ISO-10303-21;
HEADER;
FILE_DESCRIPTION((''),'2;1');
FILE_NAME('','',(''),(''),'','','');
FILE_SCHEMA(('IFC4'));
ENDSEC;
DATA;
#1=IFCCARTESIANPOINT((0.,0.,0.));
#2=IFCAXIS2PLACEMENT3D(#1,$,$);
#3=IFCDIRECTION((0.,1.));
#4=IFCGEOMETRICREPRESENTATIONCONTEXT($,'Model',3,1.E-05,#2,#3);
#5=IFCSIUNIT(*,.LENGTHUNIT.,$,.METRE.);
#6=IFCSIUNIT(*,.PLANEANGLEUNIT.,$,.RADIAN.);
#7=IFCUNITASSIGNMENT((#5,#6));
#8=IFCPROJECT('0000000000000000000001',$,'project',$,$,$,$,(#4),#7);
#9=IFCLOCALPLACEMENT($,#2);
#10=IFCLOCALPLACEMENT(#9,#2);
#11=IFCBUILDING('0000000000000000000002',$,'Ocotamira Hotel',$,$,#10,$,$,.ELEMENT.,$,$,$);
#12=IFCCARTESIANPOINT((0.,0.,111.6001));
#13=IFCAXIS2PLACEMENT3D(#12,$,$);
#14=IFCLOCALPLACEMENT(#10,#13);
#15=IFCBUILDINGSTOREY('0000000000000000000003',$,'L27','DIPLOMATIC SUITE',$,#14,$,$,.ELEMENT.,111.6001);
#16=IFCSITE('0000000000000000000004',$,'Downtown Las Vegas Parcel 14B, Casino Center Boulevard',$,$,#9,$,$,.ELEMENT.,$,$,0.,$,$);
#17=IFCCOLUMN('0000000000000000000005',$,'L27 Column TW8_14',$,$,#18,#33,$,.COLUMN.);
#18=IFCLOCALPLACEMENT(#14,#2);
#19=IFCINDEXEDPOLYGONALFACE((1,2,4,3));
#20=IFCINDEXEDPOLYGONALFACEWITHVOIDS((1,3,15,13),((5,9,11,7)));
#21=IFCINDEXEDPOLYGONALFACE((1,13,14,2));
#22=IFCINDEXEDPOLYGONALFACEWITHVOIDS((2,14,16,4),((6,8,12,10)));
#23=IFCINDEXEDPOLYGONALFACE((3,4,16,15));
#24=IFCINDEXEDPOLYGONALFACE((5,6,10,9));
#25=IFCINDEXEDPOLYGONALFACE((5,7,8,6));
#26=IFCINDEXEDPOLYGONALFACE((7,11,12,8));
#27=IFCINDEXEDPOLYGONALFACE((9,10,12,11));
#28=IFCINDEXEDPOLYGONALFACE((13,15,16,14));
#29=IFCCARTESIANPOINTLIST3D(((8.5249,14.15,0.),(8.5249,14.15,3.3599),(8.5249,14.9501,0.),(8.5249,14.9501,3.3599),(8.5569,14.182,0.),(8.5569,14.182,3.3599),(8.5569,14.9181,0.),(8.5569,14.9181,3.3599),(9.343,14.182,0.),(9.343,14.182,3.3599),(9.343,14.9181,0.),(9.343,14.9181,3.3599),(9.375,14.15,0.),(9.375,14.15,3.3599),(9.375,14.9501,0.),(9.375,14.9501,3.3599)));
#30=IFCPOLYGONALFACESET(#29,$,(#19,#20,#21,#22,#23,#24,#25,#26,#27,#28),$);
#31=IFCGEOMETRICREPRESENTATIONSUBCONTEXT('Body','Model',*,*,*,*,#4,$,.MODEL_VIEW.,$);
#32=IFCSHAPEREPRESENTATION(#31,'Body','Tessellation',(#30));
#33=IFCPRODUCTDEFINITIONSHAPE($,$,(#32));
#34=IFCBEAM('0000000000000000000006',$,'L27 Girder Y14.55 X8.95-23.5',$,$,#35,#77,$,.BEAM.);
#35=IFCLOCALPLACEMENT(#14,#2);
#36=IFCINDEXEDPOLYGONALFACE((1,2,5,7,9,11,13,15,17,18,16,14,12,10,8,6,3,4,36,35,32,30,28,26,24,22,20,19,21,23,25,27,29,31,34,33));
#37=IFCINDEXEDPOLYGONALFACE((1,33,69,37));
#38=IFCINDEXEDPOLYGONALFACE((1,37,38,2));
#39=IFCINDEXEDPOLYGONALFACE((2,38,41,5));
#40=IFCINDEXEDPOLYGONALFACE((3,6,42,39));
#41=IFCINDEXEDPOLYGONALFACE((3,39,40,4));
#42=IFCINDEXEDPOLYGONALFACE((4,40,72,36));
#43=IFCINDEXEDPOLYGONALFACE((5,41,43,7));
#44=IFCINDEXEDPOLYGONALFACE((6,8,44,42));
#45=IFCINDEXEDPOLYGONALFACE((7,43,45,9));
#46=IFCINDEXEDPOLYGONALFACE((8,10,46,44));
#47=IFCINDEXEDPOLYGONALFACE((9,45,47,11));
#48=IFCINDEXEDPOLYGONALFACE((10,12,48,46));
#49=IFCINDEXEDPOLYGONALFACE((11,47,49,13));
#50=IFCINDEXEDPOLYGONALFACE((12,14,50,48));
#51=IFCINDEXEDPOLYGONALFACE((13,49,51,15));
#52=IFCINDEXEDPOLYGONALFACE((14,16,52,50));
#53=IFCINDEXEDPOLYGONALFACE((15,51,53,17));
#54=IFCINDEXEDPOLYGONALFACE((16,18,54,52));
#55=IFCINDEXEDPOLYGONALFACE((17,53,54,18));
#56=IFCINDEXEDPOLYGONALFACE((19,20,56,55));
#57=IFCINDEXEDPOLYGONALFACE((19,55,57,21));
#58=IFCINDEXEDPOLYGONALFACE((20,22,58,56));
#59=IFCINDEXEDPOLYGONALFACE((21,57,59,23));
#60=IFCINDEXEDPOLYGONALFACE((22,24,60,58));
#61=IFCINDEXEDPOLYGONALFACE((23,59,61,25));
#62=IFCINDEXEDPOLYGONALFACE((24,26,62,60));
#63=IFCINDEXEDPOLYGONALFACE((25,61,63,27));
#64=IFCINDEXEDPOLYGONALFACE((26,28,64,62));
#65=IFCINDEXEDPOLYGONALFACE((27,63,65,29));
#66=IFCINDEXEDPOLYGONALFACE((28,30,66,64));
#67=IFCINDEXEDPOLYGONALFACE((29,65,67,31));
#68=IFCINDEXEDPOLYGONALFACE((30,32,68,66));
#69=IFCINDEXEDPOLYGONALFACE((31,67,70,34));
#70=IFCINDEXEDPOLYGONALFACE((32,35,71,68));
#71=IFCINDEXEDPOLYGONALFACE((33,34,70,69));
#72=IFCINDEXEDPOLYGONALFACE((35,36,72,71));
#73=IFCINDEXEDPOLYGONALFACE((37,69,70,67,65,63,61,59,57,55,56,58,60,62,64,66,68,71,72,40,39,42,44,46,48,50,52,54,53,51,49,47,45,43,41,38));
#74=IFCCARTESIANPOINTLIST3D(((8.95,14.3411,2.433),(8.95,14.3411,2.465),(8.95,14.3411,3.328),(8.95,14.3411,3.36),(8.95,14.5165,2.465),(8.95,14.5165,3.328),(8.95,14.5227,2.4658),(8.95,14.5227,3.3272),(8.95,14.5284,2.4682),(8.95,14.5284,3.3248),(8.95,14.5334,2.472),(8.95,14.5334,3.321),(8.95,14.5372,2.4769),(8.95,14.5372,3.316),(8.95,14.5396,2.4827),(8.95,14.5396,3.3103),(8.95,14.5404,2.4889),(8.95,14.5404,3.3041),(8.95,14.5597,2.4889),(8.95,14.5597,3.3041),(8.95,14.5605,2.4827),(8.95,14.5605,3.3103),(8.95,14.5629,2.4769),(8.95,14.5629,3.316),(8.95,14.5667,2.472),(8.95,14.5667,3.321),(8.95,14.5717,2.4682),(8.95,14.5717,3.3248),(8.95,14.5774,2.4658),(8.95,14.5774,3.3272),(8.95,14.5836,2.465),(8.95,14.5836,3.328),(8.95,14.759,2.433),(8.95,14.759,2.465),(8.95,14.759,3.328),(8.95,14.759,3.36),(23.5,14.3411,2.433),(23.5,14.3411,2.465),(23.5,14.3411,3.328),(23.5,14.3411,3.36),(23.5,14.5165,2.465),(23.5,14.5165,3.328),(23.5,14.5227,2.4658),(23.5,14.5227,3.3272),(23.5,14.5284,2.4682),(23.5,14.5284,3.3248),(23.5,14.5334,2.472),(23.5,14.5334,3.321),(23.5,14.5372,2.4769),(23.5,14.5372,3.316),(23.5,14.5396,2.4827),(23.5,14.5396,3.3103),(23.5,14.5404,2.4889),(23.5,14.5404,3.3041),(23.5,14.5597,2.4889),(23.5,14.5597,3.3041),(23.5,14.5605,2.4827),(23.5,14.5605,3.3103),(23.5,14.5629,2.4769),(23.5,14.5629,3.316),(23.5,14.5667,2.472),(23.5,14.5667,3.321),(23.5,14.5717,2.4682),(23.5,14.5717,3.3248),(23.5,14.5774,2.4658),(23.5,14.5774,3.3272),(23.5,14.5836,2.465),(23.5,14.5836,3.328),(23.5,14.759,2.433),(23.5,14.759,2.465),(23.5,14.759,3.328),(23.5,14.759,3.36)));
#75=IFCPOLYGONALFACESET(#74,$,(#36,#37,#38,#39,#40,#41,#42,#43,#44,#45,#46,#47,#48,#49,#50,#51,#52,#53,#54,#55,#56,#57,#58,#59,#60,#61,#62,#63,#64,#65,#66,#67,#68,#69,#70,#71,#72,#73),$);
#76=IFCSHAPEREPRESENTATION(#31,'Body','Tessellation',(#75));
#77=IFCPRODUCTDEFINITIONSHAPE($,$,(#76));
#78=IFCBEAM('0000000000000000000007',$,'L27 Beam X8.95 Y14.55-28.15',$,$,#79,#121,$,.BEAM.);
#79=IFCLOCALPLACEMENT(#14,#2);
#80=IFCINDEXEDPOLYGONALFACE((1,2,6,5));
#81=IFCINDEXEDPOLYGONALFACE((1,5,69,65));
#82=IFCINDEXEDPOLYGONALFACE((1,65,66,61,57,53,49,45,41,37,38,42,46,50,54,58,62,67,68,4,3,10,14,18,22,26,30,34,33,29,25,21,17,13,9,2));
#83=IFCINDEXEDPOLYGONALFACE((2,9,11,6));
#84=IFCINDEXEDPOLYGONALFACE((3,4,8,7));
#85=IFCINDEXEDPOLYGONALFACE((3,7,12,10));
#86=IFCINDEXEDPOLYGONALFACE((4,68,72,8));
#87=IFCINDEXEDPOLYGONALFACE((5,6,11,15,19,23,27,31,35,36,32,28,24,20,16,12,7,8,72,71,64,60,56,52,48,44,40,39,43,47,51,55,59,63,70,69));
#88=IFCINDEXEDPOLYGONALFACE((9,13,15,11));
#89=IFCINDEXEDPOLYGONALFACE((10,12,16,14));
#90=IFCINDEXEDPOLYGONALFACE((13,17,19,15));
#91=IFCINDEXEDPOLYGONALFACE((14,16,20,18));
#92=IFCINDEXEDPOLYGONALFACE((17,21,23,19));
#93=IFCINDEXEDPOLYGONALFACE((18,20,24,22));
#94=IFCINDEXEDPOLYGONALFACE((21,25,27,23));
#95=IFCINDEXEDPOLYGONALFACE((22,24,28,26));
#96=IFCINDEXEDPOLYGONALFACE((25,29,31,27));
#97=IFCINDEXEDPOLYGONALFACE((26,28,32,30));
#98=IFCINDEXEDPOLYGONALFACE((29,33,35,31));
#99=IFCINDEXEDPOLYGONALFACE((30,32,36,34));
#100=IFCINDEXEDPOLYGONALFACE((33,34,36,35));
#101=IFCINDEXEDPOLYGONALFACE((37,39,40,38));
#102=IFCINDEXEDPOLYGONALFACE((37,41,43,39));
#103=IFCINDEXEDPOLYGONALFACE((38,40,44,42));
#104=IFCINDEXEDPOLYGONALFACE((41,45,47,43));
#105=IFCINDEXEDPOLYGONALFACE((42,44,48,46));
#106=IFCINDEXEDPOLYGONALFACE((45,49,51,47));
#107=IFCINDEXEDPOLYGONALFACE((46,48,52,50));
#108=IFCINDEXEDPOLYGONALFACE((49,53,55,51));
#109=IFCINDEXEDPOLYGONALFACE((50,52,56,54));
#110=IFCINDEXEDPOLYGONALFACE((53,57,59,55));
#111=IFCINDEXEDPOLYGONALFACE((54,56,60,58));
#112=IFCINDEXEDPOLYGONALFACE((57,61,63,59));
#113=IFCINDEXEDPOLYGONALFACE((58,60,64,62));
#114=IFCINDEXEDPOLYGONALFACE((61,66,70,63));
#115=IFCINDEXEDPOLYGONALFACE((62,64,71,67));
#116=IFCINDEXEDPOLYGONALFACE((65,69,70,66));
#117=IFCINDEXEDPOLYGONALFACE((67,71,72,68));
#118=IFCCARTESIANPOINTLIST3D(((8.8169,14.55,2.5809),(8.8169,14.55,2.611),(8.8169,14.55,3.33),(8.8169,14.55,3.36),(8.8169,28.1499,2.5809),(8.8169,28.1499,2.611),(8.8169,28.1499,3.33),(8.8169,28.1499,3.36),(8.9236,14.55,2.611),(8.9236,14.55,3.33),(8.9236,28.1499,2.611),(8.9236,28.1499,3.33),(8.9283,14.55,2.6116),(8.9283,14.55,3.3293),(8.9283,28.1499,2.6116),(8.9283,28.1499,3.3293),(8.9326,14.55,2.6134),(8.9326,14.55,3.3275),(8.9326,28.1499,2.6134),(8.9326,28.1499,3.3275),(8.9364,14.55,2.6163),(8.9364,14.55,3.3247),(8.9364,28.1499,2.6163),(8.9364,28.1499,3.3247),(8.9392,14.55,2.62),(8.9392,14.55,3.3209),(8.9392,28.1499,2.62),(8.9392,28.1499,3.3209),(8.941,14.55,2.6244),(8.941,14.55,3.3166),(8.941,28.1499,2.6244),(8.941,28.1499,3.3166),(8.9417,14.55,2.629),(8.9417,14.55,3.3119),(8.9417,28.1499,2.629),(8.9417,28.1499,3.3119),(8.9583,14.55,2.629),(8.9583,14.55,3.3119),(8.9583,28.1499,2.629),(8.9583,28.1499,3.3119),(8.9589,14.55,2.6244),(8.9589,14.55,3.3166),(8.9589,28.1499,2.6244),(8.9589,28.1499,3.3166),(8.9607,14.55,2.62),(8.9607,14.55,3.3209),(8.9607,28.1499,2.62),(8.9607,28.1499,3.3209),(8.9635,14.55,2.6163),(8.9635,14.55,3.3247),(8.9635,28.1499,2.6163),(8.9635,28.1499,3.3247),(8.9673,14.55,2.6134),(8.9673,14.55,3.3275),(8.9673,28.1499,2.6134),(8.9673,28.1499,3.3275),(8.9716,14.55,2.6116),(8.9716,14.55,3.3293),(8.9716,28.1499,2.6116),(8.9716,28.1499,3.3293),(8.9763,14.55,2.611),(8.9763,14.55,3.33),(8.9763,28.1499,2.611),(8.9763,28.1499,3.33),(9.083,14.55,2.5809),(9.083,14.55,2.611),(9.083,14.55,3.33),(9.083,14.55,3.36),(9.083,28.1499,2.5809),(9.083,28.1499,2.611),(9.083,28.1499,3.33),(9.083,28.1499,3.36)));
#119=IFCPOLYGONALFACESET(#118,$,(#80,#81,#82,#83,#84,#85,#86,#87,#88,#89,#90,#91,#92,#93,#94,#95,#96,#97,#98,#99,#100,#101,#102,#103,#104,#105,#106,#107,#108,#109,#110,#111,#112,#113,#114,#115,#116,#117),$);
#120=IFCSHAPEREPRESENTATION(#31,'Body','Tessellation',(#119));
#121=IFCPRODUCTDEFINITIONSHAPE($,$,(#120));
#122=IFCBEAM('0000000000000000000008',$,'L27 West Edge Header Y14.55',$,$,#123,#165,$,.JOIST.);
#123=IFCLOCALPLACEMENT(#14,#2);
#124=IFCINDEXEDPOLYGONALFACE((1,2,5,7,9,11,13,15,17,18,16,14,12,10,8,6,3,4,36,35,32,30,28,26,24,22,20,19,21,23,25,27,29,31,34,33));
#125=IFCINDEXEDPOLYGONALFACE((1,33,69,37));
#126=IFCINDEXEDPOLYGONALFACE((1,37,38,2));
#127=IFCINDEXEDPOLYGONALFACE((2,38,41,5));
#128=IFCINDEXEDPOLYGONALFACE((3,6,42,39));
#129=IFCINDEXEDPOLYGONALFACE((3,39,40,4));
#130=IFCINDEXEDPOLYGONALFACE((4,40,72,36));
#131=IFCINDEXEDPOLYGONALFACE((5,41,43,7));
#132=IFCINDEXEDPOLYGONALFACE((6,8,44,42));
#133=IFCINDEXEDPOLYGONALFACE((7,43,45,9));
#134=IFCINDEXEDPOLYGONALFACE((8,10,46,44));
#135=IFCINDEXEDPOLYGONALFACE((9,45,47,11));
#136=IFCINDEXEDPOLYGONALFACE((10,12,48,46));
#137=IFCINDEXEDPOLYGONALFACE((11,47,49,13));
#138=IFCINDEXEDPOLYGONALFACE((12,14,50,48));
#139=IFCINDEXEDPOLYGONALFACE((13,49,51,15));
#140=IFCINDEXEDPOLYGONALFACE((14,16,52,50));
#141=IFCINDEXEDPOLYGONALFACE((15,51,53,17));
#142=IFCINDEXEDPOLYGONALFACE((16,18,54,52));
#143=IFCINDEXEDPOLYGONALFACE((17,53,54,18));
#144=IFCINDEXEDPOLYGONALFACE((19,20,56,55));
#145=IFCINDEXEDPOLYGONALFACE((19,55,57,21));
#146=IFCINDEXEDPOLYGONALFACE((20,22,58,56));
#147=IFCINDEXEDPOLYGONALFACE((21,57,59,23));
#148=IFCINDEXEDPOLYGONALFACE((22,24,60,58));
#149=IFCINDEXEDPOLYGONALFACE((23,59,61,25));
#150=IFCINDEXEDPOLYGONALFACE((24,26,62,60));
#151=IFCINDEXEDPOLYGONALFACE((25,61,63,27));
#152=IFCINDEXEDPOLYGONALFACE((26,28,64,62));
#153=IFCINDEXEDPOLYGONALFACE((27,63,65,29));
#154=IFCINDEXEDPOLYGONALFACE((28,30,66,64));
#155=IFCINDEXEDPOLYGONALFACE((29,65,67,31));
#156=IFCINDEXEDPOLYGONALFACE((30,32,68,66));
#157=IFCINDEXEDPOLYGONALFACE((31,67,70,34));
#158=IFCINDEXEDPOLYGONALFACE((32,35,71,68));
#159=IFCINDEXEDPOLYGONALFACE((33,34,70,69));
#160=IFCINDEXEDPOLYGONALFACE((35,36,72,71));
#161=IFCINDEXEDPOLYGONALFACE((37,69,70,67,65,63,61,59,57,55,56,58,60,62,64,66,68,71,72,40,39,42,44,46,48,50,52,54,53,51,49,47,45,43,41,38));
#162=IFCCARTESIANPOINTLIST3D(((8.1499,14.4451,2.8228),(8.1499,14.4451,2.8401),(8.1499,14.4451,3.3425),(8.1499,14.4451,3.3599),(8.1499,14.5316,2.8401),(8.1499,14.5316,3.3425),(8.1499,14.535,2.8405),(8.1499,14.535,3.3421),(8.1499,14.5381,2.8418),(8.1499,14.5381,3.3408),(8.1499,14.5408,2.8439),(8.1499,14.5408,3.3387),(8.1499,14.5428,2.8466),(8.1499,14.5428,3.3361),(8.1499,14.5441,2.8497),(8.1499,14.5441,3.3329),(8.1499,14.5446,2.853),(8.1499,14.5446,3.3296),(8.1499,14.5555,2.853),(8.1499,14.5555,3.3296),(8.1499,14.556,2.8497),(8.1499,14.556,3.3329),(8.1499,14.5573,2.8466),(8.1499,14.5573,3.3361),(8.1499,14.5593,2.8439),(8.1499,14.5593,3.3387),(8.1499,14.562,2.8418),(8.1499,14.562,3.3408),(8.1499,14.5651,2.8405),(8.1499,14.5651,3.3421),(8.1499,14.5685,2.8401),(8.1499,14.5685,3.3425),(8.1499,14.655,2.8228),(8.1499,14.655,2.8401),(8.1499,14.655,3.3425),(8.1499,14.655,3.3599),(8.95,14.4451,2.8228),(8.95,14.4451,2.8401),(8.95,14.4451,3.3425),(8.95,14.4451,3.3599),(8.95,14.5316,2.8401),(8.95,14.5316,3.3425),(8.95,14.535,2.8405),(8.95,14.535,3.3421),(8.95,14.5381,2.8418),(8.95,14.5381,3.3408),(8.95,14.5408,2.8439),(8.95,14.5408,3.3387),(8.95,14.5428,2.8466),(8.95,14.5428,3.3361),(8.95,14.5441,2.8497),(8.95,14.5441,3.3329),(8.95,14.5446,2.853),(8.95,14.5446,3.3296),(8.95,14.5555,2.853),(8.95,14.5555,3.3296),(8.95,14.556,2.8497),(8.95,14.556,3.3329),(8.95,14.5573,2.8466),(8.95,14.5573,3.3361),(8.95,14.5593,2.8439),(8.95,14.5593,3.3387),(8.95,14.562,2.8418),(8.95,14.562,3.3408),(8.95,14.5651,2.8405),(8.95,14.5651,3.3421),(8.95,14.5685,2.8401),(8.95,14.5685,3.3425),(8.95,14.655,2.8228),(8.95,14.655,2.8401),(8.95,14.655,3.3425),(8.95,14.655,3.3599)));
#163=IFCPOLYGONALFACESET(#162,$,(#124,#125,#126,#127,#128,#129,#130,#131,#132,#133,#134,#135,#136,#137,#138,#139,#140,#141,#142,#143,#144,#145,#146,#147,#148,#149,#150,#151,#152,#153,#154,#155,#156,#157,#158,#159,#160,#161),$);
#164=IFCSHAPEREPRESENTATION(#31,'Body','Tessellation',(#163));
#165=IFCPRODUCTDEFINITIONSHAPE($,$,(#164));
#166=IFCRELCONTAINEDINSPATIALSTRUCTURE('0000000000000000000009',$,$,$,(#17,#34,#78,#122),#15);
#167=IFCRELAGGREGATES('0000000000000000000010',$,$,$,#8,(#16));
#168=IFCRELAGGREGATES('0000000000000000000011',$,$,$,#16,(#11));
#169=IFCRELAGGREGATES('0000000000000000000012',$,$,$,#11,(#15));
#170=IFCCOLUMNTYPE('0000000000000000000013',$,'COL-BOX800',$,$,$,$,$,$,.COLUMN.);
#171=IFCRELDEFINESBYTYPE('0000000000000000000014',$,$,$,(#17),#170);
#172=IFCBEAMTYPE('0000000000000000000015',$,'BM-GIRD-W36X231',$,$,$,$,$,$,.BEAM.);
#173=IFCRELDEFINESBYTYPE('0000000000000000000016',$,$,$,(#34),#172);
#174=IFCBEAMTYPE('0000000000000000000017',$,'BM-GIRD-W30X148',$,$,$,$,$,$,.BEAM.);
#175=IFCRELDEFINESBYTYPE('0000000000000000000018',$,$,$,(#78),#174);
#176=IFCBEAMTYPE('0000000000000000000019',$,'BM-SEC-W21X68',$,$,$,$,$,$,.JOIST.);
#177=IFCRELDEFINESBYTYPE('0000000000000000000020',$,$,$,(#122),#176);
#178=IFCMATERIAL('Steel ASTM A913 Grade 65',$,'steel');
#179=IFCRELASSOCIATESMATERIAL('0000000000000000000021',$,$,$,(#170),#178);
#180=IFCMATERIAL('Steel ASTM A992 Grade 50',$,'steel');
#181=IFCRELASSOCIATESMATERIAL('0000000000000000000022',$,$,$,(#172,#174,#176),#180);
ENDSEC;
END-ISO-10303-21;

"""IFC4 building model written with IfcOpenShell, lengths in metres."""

from ifc_helpers import new_model, si_unit, direction, frame, origin, origin_2d, place, context, subcontext, project, spatial, hollow_rectangle, i_section, extrude, source, transform, mapped, material, material_profile, profile_set, type_object, element, save


model = new_model("IFC4")

# Units and contexts
model_context = context("Model", 3, precision=1e-05, world=origin(), true_north=direction((0.0, 1.0)))
body_context = subcontext(model_context, "Body", "Model", "MODEL_VIEW")
ifc_project = project(units=[si_unit("LENGTHUNIT", "METRE"), si_unit("PLANEANGLEUNIT", "RADIAN")], contexts=[model_context])

# Site, building, storey
site_placement = place(None, origin())
site = spatial("IfcSite", under=ifc_project, at=site_placement, Name="Downtown Las Vegas Parcel 14B, Casino Center Boulevard", CompositionType="ELEMENT", RefElevation=0.0)
building_placement = place(site_placement, origin())
building = spatial("IfcBuilding", under=site, at=building_placement, Name="Ocotamira Hotel", CompositionType="ELEMENT")
storey_placement = place(building_placement, frame((0.0, 0.0, 111.6001)))
storey = spatial("IfcBuildingStorey", under=building, at=storey_placement, Name="L27", Description="DIPLOMATIC SUITE", CompositionType="ELEMENT", Elevation=111.6001)

# Column
ifc_material_1 = material(Name="Steel ASTM A913 Grade 65", Category="steel")
ifc_material_profile_1 = material_profile(ifc_material_1, hollow_rectangle(XDim=0.8501, YDim=0.8, WallThickness=0.032, at=origin_2d()), Name="BOX800X850X32")
ifc_profile_set_1 = profile_set([ifc_material_profile_1], Name="Steel ASTM A913 Grade 65")
column_type = type_object("IfcColumnType", Name="COL-BOX800", PredefinedType="COLUMN", material=ifc_profile_set_1)
shared_shape_1 = source(origin(), body_context, "Body", "SweptSolid", [
    extrude(hollow_rectangle(XDim=0.8501, YDim=0.8, WallThickness=0.032, at=origin_2d()), origin(), (0.0, 0.0, 1.0), 3.3599),
])
column_placement = place(storey_placement, frame((8.95, 14.55, 0.0), z_axis=(0.0, 0.0, 1.0), x_axis=(1.0, 0.0, 0.0)))
element("IfcColumn", 1, at=column_placement, inside=storey, type_object=column_type, Name="L27 Column TW8_14", PredefinedType="COLUMN", context=body_context, shape_type="MappedRepresentation", body=[
    mapped(shared_shape_1, transform((0.0, 0.0, 0.0), scale=1.0)),
])

# Beams
ifc_material_2 = material(Name="Steel ASTM A992 Grade 50", Category="steel")
ifc_material_profile_2 = material_profile(ifc_material_2, i_section(OverallWidth=0.418, OverallDepth=0.927, WebThickness=0.0193, FlangeThickness=0.032, FilletRadius=0.0239, at=origin_2d()), Name="W36X231")
ifc_profile_set_2 = profile_set([ifc_material_profile_2], Name="Steel ASTM A992 Grade 50")
beam_type_1 = type_object("IfcBeamType", Name="BM-GIRD-W36X231", PredefinedType="BEAM", material=ifc_profile_set_2)
shared_shape_2 = source(origin(), body_context, "Body", "SweptSolid", [
    extrude(i_section(OverallWidth=0.418, OverallDepth=0.927, WebThickness=0.0193, FlangeThickness=0.032, FilletRadius=0.0239, at=origin_2d()), origin(), (0.0, 0.0, 1.0), 14.55),
])
beam_1_placement = place(storey_placement, frame((8.95, 14.55, 2.8965), z_axis=(1.0, 0.0, 0.0), x_axis=(0.0, 1.0, 0.0)))
element("IfcBeam", 2, at=beam_1_placement, inside=storey, type_object=beam_type_1, Name="L27 Girder Y14.55 X8.95-23.5", PredefinedType="BEAM", context=body_context, shape_type="MappedRepresentation", body=[
    mapped(shared_shape_2, transform((0.0, 0.0, 0.0), scale=1.0)),
])
ifc_material_profile_3 = material_profile(ifc_material_2, i_section(OverallWidth=0.2661, OverallDepth=0.7791, WebThickness=0.0166, FlangeThickness=0.03, FilletRadius=0.0181, at=origin_2d()), Name="W30X148")
ifc_profile_set_3 = profile_set([ifc_material_profile_3], Name="Steel ASTM A992 Grade 50")
beam_type_2 = type_object("IfcBeamType", Name="BM-GIRD-W30X148", PredefinedType="BEAM", material=ifc_profile_set_3)
shared_shape_3 = source(origin(), body_context, "Body", "SweptSolid", [
    extrude(i_section(OverallWidth=0.2661, OverallDepth=0.7791, WebThickness=0.0166, FlangeThickness=0.03, FilletRadius=0.0181, at=origin_2d()), origin(), (0.0, 0.0, 1.0), 13.5999),
])
beam_2_placement = place(storey_placement, frame((8.95, 14.55, 2.9705), z_axis=(0.0, 1.0, 0.0), x_axis=(-1.0, 0.0, 0.0)))
element("IfcBeam", 3, at=beam_2_placement, inside=storey, type_object=beam_type_2, Name="L27 Beam X8.95 Y14.55-28.15", PredefinedType="BEAM", context=body_context, shape_type="MappedRepresentation", body=[
    mapped(shared_shape_3, transform((0.0, 0.0, 0.0), scale=1.0)),
])
ifc_material_profile_4 = material_profile(ifc_material_2, i_section(OverallWidth=0.21, OverallDepth=0.5371, WebThickness=0.011, FlangeThickness=0.0173, FilletRadius=0.0129, at=origin_2d()), Name="W21X68")
ifc_profile_set_4 = profile_set([ifc_material_profile_4], Name="Steel ASTM A992 Grade 50")
beam_type_3 = type_object("IfcBeamType", Name="BM-SEC-W21X68", PredefinedType="JOIST", material=ifc_profile_set_4)
shared_shape_4 = source(origin(), body_context, "Body", "SweptSolid", [
    extrude(i_section(OverallWidth=0.21, OverallDepth=0.5371, WebThickness=0.011, FlangeThickness=0.0173, FilletRadius=0.0129, at=origin_2d()), origin(), (0.0, 0.0, 1.0), 0.8),
])
beam_3_placement = place(storey_placement, frame((8.95, 14.55, 3.0913), z_axis=(-1.0, 0.0, 0.0), x_axis=(0.0, -1.0, 0.0)))
element("IfcBeam", 4, at=beam_3_placement, inside=storey, type_object=beam_type_3, Name="L27 West Edge Header Y14.55", PredefinedType="JOIST", context=body_context, shape_type="MappedRepresentation", body=[
    mapped(shared_shape_4, transform((0.0, 0.0, 0.0), scale=1.0)),
])

save(model, "model.ifc")
